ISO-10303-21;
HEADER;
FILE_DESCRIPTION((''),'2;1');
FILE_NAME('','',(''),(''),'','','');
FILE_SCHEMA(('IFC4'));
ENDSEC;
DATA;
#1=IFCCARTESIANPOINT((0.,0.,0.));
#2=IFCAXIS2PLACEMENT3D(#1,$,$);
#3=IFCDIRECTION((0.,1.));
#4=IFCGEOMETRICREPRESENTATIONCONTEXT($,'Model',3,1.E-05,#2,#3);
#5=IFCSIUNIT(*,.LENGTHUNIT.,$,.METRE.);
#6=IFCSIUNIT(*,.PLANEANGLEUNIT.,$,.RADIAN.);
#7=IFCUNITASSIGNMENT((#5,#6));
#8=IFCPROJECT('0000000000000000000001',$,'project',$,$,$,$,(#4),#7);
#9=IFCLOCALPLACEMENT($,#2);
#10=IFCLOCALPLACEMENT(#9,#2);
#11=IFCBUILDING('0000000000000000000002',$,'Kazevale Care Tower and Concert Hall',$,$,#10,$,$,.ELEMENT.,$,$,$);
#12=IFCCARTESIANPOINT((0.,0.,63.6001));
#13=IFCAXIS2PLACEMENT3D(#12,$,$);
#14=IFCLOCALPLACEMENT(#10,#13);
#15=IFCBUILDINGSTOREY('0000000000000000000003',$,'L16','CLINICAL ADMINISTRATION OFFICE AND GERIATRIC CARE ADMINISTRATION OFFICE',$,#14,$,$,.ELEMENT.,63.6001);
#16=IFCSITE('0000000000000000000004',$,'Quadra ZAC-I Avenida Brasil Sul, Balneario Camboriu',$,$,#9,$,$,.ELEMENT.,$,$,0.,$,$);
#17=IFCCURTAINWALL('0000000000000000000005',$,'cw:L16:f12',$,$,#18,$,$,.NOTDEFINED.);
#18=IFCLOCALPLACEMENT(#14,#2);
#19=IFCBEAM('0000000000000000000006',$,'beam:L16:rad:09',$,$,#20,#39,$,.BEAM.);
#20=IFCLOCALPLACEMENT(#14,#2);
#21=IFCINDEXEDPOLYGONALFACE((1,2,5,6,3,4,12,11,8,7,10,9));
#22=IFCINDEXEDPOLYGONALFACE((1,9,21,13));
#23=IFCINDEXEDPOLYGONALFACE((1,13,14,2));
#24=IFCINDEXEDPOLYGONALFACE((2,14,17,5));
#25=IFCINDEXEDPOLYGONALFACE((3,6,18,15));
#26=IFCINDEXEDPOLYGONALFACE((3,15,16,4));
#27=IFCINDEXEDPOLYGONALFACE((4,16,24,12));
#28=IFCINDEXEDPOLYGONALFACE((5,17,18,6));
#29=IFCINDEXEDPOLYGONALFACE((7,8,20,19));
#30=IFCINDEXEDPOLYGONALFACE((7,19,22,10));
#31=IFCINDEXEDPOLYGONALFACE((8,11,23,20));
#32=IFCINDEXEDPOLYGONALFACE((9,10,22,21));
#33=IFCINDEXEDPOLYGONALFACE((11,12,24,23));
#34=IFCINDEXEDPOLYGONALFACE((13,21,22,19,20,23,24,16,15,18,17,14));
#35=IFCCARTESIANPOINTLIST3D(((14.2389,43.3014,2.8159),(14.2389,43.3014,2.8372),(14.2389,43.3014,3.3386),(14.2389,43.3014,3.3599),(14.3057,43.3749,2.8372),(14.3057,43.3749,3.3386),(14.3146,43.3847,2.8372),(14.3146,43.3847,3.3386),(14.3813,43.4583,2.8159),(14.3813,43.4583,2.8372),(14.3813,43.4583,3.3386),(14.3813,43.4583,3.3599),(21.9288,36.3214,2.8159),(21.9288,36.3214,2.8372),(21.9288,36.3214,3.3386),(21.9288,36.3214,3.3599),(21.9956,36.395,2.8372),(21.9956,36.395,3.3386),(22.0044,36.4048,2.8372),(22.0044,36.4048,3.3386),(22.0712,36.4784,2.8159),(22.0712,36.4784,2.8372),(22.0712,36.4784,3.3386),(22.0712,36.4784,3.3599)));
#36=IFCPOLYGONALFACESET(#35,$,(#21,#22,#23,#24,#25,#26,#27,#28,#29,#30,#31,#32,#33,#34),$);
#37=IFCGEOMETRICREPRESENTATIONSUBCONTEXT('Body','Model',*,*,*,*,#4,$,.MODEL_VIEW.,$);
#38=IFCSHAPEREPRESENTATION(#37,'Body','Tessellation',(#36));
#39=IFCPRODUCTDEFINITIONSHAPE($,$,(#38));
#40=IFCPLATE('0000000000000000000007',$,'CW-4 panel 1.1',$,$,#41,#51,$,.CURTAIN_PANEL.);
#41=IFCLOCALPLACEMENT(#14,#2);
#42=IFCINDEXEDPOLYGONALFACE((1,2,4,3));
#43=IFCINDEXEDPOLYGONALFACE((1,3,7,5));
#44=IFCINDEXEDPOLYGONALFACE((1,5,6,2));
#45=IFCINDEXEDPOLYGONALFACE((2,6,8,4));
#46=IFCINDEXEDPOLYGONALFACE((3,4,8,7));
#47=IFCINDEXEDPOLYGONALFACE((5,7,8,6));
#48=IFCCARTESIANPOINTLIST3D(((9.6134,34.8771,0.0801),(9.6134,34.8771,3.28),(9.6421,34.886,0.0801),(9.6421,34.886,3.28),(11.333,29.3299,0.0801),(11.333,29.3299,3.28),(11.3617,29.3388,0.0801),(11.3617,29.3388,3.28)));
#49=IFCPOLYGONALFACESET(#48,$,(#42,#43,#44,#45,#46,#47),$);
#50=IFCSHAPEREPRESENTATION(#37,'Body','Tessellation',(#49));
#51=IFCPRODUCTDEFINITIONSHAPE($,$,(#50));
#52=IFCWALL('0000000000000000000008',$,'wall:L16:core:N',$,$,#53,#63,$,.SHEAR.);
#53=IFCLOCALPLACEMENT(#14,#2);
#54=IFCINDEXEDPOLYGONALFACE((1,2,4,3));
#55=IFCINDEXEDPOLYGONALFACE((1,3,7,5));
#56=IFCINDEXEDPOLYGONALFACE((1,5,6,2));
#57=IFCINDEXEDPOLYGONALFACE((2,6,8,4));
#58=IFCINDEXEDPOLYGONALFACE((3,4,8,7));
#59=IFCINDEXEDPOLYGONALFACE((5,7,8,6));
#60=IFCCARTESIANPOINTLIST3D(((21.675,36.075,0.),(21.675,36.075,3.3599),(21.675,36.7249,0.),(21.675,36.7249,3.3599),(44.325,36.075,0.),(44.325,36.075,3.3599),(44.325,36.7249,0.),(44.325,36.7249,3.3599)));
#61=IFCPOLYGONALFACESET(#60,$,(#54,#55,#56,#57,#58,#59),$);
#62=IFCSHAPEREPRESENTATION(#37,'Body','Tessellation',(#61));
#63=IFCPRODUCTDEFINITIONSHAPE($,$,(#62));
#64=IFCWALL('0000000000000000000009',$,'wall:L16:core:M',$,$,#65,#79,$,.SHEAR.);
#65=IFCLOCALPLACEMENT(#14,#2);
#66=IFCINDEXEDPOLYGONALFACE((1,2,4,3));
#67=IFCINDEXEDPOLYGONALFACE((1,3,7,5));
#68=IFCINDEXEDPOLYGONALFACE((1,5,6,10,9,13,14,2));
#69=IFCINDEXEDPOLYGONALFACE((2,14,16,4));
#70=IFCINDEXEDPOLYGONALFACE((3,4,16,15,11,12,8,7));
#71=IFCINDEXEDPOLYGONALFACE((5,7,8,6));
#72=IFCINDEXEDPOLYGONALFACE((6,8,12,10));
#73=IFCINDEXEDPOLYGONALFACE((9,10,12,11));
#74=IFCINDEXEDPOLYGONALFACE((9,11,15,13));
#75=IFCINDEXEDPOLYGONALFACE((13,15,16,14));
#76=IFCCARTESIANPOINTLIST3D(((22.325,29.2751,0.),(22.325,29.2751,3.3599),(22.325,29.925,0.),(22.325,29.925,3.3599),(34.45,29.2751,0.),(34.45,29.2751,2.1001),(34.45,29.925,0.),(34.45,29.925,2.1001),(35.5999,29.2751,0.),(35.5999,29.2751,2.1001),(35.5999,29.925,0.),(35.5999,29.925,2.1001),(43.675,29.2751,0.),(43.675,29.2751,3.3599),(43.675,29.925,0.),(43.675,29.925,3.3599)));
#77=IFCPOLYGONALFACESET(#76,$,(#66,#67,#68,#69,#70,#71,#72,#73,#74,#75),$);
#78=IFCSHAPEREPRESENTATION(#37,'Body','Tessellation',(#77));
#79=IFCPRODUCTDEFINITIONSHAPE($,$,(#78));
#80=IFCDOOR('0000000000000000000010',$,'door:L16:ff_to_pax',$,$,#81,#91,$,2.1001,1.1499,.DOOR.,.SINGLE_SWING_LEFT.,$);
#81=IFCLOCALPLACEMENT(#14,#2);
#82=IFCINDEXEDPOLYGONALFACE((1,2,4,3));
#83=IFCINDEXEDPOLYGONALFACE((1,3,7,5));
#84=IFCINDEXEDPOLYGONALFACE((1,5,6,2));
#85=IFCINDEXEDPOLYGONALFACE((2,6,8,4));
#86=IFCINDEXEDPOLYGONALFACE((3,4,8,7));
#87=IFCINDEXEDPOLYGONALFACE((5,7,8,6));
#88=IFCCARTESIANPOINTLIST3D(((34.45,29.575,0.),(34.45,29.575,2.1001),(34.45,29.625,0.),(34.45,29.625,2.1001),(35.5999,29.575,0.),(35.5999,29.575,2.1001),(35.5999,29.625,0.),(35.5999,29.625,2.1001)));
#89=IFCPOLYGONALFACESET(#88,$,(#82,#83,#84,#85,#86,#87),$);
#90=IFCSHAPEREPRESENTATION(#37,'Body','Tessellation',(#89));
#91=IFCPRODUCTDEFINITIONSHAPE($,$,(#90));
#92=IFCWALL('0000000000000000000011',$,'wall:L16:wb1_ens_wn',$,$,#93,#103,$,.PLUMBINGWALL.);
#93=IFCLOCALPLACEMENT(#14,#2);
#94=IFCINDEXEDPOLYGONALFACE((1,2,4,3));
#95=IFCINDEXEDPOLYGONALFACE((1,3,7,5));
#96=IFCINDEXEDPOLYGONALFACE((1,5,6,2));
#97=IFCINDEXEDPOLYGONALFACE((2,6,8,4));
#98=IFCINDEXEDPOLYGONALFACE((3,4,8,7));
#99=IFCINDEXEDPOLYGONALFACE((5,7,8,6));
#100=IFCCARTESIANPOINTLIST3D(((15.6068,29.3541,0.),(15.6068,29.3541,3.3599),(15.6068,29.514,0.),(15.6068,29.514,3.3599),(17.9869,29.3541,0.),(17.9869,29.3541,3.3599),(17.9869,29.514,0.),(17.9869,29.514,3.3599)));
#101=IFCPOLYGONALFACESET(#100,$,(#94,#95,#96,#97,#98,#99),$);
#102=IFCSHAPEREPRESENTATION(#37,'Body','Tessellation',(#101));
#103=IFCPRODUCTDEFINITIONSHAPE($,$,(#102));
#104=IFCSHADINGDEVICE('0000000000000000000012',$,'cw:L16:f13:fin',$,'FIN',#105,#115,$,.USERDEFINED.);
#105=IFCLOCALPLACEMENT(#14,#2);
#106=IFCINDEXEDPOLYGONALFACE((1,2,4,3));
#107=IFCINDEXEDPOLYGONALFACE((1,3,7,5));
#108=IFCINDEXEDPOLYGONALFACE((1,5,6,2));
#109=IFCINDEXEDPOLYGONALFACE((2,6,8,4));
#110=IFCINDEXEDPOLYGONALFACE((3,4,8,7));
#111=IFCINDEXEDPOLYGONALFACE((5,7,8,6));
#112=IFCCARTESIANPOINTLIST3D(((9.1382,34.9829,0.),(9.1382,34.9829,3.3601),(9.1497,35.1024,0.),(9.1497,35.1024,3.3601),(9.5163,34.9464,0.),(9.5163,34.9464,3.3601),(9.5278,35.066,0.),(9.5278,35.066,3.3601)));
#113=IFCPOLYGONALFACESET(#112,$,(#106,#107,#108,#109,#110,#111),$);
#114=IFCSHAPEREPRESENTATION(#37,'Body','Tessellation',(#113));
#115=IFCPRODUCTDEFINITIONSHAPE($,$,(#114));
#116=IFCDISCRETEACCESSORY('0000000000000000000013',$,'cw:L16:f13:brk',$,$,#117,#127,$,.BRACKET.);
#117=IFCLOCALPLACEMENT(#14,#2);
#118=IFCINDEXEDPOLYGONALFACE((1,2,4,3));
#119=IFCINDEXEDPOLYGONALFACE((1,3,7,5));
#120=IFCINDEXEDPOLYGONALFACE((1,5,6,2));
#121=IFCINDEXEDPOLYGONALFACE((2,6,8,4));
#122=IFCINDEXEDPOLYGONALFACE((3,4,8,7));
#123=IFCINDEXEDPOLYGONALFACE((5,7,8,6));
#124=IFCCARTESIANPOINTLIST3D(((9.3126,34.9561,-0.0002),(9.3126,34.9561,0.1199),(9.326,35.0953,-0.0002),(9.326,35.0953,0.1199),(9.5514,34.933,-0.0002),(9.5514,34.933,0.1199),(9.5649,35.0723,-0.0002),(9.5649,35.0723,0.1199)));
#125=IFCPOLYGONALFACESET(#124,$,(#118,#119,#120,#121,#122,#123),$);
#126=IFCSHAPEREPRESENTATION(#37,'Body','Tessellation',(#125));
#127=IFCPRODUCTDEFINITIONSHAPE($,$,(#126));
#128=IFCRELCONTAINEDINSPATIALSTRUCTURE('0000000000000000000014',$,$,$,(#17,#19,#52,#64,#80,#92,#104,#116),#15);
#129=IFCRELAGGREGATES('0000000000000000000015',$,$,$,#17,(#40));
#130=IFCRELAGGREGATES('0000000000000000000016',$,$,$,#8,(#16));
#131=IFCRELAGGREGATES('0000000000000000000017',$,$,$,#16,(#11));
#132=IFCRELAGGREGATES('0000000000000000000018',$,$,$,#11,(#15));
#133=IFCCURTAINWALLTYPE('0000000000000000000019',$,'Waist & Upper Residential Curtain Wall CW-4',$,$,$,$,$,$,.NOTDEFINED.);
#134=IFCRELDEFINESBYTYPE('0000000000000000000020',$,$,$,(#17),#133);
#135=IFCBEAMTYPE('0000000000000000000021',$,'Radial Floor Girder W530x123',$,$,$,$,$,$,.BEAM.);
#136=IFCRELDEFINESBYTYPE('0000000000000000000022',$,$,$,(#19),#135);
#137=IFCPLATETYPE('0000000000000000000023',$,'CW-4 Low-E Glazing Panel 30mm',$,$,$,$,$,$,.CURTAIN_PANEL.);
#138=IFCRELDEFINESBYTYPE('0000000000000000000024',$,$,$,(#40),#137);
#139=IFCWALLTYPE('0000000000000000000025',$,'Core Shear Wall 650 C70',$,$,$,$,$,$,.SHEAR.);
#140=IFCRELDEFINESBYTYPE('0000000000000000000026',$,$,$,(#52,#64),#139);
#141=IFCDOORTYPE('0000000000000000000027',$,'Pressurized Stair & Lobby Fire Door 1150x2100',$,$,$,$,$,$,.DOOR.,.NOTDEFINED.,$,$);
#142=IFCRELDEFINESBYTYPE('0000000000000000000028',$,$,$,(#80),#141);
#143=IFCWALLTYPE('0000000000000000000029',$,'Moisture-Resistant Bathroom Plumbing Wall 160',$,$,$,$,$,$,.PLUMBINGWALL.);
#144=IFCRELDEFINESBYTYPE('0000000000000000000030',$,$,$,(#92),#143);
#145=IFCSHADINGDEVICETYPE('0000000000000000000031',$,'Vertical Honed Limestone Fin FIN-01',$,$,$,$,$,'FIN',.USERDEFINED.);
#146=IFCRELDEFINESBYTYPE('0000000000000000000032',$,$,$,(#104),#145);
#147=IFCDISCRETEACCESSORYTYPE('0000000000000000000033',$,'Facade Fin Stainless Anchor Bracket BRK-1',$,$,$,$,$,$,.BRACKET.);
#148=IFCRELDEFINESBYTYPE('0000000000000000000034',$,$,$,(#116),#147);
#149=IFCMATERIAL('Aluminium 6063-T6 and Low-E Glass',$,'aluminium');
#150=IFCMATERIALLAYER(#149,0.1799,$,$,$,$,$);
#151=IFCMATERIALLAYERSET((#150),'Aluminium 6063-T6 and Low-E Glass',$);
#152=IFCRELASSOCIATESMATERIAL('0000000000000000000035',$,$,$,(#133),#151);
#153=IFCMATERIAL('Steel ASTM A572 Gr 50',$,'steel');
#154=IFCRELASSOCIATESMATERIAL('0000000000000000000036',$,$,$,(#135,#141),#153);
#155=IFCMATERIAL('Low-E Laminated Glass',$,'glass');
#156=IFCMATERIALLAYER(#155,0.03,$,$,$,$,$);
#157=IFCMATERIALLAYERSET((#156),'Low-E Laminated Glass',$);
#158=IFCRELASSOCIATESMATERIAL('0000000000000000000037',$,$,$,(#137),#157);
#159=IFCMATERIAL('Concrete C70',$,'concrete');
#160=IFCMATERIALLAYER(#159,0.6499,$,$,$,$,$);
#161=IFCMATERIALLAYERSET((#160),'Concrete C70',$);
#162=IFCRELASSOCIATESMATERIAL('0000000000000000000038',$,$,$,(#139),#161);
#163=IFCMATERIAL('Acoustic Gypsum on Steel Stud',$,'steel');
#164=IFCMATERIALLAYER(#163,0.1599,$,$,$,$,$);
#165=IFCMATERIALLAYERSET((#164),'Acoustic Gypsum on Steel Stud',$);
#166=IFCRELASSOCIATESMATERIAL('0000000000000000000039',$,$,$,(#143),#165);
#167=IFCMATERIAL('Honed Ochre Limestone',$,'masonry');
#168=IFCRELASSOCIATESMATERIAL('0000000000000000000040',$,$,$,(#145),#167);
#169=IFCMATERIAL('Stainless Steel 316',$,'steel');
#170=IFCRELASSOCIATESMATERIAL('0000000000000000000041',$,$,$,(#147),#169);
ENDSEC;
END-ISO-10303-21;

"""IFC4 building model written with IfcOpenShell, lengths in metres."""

from ifc_helpers import new_model, si_unit, direction, frame, frame_2d, origin, origin_2d, place, context, subcontext, project, spatial, rectangle, i_section, extrude, material, layer, layer_set, material_profile, profile_set, type_object, element, fill, aggregate, save


model = new_model("IFC4")

# Units and contexts
model_context = context("Model", 3, precision=1e-05, world=origin(), true_north=direction((0.0, 1.0)))
body_context = subcontext(model_context, "Body", "Model", "MODEL_VIEW")
ifc_project = project(units=[si_unit("LENGTHUNIT", "METRE"), si_unit("PLANEANGLEUNIT", "RADIAN")], contexts=[model_context])

# Site, building, storey
site_placement = place(None, origin())
site = spatial("IfcSite", under=ifc_project, at=site_placement, Name="Quadra ZAC-I Avenida Brasil Sul, Balneario Camboriu", CompositionType="ELEMENT", RefElevation=0.0)
building_placement = place(site_placement, origin())
building = spatial("IfcBuilding", under=site, at=building_placement, Name="Kazevale Care Tower and Concert Hall", CompositionType="ELEMENT")
storey_placement = place(building_placement, frame((0.0, 0.0, 63.6001)))
storey = spatial("IfcBuildingStorey", under=building, at=storey_placement, Name="L16", Description="CLINICAL ADMINISTRATION OFFICE AND GERIATRIC CARE ADMINISTRATION OFFICE", CompositionType="ELEMENT", Elevation=63.6001)

# Shared definitions
ifc_material_1 = material(Name="Concrete C70", Category="concrete")

# Curtain wall
ifc_material_2 = material(Name="Aluminium 6063-T6 and Low-E Glass", Category="aluminium")
ifc_layer_1 = layer(ifc_material_2, 0.1799)
ifc_layer_set_1 = layer_set([ifc_layer_1], Name="Aluminium 6063-T6 and Low-E Glass")
curtain_wall_type = type_object("IfcCurtainWallType", Name="Waist & Upper Residential Curtain Wall CW-4", PredefinedType="NOTDEFINED", material=ifc_layer_set_1)
curtain_wall_1_placement = place(storey_placement, origin())
curtain_wall_1 = element("IfcCurtainWall", 1, at=curtain_wall_1_placement, inside=storey, type_object=curtain_wall_type, Name="cw:L16:f12", PredefinedType="NOTDEFINED")

# Beam
ifc_material_3 = material(Name="Steel ASTM A572 Gr 50", Category="steel")
ifc_material_profile_1 = material_profile(ifc_material_3, i_section(OverallWidth=0.2119, OverallDepth=0.5439, WebThickness=0.0132, FlangeThickness=0.0212, at=origin_2d()), Name="W530x123")
ifc_profile_set_1 = profile_set([ifc_material_profile_1], Name="Steel ASTM A572 Gr 50")
beam_type_1 = type_object("IfcBeamType", Name="Radial Floor Girder W530x123", PredefinedType="BEAM", material=ifc_profile_set_1)
beam_1_placement = place(storey_placement, frame((22.0, 36.3999, 3.0879), z_axis=(-0.740461, 0.672099, 0.0), x_axis=(-0.672099, -0.740461, 0.0)))
element("IfcBeam", 2, at=beam_1_placement, inside=storey, type_object=beam_type_1, Name="beam:L16:rad:09", PredefinedType="BEAM", context=body_context, shape_type="SweptSolid", body=[
    extrude(i_section(OverallWidth=0.2119, OverallDepth=0.5439, WebThickness=0.0132, FlangeThickness=0.0212, at=origin_2d()), origin(), (0.0, 0.0, 1.0), 10.3853),
])

# Plate
ifc_material_4 = material(Name="Low-E Laminated Glass", Category="glass")
ifc_layer_2 = layer(ifc_material_4, 0.03)
ifc_layer_set_2 = layer_set([ifc_layer_2], Name="Low-E Laminated Glass")
plate_type = type_object("IfcPlateType", Name="CW-4 Low-E Glazing Panel 30mm", PredefinedType="CURTAIN_PANEL", material=ifc_layer_set_2)
plate_placement = place(storey_placement, frame((10.4875, 32.1079, 0.0801), z_axis=(0.0, 0.0, 1.0), x_axis=(-0.296099, 0.955157, 0.0)))
plate = element("IfcPlate", 3, at=plate_placement, type_object=plate_type, Name="CW-4 panel 1.1", PredefinedType="CURTAIN_PANEL", context=body_context, shape_type="SweptSolid", body=[
    extrude(rectangle(XDim=5.8076, YDim=0.03, at=origin_2d()), origin(), (0.0, 0.0, 1.0), 3.2),
])
aggregate(curtain_wall_1, [plate])

# Wall
ifc_layer_3 = layer(ifc_material_1, 0.6499)
ifc_layer_set_3 = layer_set([ifc_layer_3], Name="Concrete C70")
wall_type_1 = type_object("IfcWallType", Name="Core Shear Wall 650 C70", PredefinedType="SHEAR", material=ifc_layer_set_3)
wall_1_placement = place(storey_placement, frame((21.675, 36.3999, 0.0), z_axis=(0.0, 0.0, 1.0), x_axis=(1.0, 0.0, 0.0)))
element("IfcWall", 4, at=wall_1_placement, inside=storey, type_object=wall_type_1, Name="wall:L16:core:N", PredefinedType="SHEAR", context=body_context, shape_type="SweptSolid", body=[
    extrude(rectangle(XDim=22.6499, YDim=0.6499, at=frame_2d((11.325, 0.0))), origin(), (0.0, 0.0, 1.0), 3.3599),
])

# Wall, opening, door
wall_2_placement = place(storey_placement, frame((22.325, 29.6001, 0.0), z_axis=(0.0, 0.0, 1.0), x_axis=(1.0, 0.0, 0.0)))
wall_2 = element("IfcWall", 5, at=wall_2_placement, inside=storey, type_object=wall_type_1, Name="wall:L16:core:M", PredefinedType="SHEAR", context=body_context, shape_type="SweptSolid", body=[
    extrude(rectangle(XDim=21.3501, YDim=0.6499, at=frame_2d((10.675, 0.0))), origin(), (0.0, 0.0, 1.0), 3.3599),
])
opening_placement = place(wall_2_placement, frame((12.125, 0.0, 0.0)))
opening = element("IfcOpeningElement", 6, at=opening_placement, cuts=wall_2, PredefinedType="OPENING", context=body_context, shape_type="SweptSolid", body=[
    extrude(rectangle(XDim=1.1499, YDim=2.1001, at=frame_2d((0.575, 1.05))), frame((0.0, 0.335, 0.0), z_axis=(0.0, -1.0, 0.0), x_axis=(1.0, 0.0, 0.0)), (0.0, 0.0, 1.0), 0.6699),
])
door_type = type_object("IfcDoorType", Name="Pressurized Stair & Lobby Fire Door 1150x2100", OperationType="NOTDEFINED", PredefinedType="DOOR", material=ifc_material_3)
door_placement = place(opening_placement, origin())
door = element("IfcDoor", 7, at=door_placement, inside=storey, type_object=door_type, Name="door:L16:ff_to_pax", OperationType="SINGLE_SWING_LEFT", OverallHeight=2.1001, OverallWidth=1.1499, PredefinedType="DOOR", context=body_context, shape_type="SweptSolid", body=[
    extrude(rectangle(XDim=1.1499, YDim=2.1001, at=frame_2d((0.575, 1.05))), frame((0.0, 0.0249, 0.0), z_axis=(0.0, -1.0, 0.0), x_axis=(1.0, 0.0, 0.0)), (0.0, 0.0, 1.0), 0.05),
])
fill(opening, door)

# Wall
ifc_material_5 = material(Name="Acoustic Gypsum on Steel Stud", Category="steel")
ifc_layer_4 = layer(ifc_material_5, 0.1599)
ifc_layer_set_4 = layer_set([ifc_layer_4], Name="Acoustic Gypsum on Steel Stud")
wall_type_2 = type_object("IfcWallType", Name="Moisture-Resistant Bathroom Plumbing Wall 160", PredefinedType="PLUMBINGWALL", material=ifc_layer_set_4)
wall_3_placement = place(storey_placement, frame((15.6069, 29.4341, 0.0), z_axis=(0.0, 0.0, 1.0), x_axis=(1.0, 0.0, 0.0)))
element("IfcWall", 8, at=wall_3_placement, inside=storey, type_object=wall_type_2, Name="wall:L16:wb1_ens_wn", PredefinedType="PLUMBINGWALL", context=body_context, shape_type="SweptSolid", body=[
    extrude(rectangle(XDim=2.3801, YDim=0.1599, at=frame_2d((1.1899, 0.0))), origin(), (0.0, 0.0, 1.0), 3.3599),
])

# Shading device
ifc_material_6 = material(Name="Honed Ochre Limestone", Category="masonry")
shading_device_type = type_object("IfcShadingDeviceType", Name="Vertical Honed Limestone Fin FIN-01", ElementType="FIN", PredefinedType="USERDEFINED", material=ifc_material_6)
shading_device_placement = place(storey_placement, frame((9.333, 35.0244, 0.0), z_axis=(0.0, 0.0, 1.0), x_axis=(-0.995379, 0.096019, 0.0)))
element("IfcShadingDevice", 9, at=shading_device_placement, inside=storey, type_object=shading_device_type, Name="cw:L16:f13:fin", ObjectType="FIN", PredefinedType="USERDEFINED", context=body_context, shape_type="SweptSolid", body=[
    extrude(rectangle(XDim=0.3799, YDim=0.1201, at=origin_2d()), origin(), (0.0, 0.0, 1.0), 3.3601),
])

# Discrete accessory
ifc_material_7 = material(Name="Stainless Steel 316", Category="steel")
discrete_accessory_type = type_object("IfcDiscreteAccessoryType", Name="Facade Fin Stainless Anchor Bracket BRK-1", PredefinedType="BRACKET", material=ifc_material_7)
discrete_accessory_placement = place(storey_placement, frame((9.4387, 35.0142, -0.0002), z_axis=(0.0, 0.0, 1.0), x_axis=(-0.995379, 0.096019, 0.0)))
element("IfcDiscreteAccessory", 10, at=discrete_accessory_placement, inside=storey, type_object=discrete_accessory_type, Name="cw:L16:f13:brk", PredefinedType="BRACKET", context=body_context, shape_type="SweptSolid", body=[
    extrude(rectangle(XDim=0.24, YDim=0.1399, at=origin_2d()), origin(), (0.0, 0.0, 1.0), 0.1201),
])

save(model, "model.ifc")
